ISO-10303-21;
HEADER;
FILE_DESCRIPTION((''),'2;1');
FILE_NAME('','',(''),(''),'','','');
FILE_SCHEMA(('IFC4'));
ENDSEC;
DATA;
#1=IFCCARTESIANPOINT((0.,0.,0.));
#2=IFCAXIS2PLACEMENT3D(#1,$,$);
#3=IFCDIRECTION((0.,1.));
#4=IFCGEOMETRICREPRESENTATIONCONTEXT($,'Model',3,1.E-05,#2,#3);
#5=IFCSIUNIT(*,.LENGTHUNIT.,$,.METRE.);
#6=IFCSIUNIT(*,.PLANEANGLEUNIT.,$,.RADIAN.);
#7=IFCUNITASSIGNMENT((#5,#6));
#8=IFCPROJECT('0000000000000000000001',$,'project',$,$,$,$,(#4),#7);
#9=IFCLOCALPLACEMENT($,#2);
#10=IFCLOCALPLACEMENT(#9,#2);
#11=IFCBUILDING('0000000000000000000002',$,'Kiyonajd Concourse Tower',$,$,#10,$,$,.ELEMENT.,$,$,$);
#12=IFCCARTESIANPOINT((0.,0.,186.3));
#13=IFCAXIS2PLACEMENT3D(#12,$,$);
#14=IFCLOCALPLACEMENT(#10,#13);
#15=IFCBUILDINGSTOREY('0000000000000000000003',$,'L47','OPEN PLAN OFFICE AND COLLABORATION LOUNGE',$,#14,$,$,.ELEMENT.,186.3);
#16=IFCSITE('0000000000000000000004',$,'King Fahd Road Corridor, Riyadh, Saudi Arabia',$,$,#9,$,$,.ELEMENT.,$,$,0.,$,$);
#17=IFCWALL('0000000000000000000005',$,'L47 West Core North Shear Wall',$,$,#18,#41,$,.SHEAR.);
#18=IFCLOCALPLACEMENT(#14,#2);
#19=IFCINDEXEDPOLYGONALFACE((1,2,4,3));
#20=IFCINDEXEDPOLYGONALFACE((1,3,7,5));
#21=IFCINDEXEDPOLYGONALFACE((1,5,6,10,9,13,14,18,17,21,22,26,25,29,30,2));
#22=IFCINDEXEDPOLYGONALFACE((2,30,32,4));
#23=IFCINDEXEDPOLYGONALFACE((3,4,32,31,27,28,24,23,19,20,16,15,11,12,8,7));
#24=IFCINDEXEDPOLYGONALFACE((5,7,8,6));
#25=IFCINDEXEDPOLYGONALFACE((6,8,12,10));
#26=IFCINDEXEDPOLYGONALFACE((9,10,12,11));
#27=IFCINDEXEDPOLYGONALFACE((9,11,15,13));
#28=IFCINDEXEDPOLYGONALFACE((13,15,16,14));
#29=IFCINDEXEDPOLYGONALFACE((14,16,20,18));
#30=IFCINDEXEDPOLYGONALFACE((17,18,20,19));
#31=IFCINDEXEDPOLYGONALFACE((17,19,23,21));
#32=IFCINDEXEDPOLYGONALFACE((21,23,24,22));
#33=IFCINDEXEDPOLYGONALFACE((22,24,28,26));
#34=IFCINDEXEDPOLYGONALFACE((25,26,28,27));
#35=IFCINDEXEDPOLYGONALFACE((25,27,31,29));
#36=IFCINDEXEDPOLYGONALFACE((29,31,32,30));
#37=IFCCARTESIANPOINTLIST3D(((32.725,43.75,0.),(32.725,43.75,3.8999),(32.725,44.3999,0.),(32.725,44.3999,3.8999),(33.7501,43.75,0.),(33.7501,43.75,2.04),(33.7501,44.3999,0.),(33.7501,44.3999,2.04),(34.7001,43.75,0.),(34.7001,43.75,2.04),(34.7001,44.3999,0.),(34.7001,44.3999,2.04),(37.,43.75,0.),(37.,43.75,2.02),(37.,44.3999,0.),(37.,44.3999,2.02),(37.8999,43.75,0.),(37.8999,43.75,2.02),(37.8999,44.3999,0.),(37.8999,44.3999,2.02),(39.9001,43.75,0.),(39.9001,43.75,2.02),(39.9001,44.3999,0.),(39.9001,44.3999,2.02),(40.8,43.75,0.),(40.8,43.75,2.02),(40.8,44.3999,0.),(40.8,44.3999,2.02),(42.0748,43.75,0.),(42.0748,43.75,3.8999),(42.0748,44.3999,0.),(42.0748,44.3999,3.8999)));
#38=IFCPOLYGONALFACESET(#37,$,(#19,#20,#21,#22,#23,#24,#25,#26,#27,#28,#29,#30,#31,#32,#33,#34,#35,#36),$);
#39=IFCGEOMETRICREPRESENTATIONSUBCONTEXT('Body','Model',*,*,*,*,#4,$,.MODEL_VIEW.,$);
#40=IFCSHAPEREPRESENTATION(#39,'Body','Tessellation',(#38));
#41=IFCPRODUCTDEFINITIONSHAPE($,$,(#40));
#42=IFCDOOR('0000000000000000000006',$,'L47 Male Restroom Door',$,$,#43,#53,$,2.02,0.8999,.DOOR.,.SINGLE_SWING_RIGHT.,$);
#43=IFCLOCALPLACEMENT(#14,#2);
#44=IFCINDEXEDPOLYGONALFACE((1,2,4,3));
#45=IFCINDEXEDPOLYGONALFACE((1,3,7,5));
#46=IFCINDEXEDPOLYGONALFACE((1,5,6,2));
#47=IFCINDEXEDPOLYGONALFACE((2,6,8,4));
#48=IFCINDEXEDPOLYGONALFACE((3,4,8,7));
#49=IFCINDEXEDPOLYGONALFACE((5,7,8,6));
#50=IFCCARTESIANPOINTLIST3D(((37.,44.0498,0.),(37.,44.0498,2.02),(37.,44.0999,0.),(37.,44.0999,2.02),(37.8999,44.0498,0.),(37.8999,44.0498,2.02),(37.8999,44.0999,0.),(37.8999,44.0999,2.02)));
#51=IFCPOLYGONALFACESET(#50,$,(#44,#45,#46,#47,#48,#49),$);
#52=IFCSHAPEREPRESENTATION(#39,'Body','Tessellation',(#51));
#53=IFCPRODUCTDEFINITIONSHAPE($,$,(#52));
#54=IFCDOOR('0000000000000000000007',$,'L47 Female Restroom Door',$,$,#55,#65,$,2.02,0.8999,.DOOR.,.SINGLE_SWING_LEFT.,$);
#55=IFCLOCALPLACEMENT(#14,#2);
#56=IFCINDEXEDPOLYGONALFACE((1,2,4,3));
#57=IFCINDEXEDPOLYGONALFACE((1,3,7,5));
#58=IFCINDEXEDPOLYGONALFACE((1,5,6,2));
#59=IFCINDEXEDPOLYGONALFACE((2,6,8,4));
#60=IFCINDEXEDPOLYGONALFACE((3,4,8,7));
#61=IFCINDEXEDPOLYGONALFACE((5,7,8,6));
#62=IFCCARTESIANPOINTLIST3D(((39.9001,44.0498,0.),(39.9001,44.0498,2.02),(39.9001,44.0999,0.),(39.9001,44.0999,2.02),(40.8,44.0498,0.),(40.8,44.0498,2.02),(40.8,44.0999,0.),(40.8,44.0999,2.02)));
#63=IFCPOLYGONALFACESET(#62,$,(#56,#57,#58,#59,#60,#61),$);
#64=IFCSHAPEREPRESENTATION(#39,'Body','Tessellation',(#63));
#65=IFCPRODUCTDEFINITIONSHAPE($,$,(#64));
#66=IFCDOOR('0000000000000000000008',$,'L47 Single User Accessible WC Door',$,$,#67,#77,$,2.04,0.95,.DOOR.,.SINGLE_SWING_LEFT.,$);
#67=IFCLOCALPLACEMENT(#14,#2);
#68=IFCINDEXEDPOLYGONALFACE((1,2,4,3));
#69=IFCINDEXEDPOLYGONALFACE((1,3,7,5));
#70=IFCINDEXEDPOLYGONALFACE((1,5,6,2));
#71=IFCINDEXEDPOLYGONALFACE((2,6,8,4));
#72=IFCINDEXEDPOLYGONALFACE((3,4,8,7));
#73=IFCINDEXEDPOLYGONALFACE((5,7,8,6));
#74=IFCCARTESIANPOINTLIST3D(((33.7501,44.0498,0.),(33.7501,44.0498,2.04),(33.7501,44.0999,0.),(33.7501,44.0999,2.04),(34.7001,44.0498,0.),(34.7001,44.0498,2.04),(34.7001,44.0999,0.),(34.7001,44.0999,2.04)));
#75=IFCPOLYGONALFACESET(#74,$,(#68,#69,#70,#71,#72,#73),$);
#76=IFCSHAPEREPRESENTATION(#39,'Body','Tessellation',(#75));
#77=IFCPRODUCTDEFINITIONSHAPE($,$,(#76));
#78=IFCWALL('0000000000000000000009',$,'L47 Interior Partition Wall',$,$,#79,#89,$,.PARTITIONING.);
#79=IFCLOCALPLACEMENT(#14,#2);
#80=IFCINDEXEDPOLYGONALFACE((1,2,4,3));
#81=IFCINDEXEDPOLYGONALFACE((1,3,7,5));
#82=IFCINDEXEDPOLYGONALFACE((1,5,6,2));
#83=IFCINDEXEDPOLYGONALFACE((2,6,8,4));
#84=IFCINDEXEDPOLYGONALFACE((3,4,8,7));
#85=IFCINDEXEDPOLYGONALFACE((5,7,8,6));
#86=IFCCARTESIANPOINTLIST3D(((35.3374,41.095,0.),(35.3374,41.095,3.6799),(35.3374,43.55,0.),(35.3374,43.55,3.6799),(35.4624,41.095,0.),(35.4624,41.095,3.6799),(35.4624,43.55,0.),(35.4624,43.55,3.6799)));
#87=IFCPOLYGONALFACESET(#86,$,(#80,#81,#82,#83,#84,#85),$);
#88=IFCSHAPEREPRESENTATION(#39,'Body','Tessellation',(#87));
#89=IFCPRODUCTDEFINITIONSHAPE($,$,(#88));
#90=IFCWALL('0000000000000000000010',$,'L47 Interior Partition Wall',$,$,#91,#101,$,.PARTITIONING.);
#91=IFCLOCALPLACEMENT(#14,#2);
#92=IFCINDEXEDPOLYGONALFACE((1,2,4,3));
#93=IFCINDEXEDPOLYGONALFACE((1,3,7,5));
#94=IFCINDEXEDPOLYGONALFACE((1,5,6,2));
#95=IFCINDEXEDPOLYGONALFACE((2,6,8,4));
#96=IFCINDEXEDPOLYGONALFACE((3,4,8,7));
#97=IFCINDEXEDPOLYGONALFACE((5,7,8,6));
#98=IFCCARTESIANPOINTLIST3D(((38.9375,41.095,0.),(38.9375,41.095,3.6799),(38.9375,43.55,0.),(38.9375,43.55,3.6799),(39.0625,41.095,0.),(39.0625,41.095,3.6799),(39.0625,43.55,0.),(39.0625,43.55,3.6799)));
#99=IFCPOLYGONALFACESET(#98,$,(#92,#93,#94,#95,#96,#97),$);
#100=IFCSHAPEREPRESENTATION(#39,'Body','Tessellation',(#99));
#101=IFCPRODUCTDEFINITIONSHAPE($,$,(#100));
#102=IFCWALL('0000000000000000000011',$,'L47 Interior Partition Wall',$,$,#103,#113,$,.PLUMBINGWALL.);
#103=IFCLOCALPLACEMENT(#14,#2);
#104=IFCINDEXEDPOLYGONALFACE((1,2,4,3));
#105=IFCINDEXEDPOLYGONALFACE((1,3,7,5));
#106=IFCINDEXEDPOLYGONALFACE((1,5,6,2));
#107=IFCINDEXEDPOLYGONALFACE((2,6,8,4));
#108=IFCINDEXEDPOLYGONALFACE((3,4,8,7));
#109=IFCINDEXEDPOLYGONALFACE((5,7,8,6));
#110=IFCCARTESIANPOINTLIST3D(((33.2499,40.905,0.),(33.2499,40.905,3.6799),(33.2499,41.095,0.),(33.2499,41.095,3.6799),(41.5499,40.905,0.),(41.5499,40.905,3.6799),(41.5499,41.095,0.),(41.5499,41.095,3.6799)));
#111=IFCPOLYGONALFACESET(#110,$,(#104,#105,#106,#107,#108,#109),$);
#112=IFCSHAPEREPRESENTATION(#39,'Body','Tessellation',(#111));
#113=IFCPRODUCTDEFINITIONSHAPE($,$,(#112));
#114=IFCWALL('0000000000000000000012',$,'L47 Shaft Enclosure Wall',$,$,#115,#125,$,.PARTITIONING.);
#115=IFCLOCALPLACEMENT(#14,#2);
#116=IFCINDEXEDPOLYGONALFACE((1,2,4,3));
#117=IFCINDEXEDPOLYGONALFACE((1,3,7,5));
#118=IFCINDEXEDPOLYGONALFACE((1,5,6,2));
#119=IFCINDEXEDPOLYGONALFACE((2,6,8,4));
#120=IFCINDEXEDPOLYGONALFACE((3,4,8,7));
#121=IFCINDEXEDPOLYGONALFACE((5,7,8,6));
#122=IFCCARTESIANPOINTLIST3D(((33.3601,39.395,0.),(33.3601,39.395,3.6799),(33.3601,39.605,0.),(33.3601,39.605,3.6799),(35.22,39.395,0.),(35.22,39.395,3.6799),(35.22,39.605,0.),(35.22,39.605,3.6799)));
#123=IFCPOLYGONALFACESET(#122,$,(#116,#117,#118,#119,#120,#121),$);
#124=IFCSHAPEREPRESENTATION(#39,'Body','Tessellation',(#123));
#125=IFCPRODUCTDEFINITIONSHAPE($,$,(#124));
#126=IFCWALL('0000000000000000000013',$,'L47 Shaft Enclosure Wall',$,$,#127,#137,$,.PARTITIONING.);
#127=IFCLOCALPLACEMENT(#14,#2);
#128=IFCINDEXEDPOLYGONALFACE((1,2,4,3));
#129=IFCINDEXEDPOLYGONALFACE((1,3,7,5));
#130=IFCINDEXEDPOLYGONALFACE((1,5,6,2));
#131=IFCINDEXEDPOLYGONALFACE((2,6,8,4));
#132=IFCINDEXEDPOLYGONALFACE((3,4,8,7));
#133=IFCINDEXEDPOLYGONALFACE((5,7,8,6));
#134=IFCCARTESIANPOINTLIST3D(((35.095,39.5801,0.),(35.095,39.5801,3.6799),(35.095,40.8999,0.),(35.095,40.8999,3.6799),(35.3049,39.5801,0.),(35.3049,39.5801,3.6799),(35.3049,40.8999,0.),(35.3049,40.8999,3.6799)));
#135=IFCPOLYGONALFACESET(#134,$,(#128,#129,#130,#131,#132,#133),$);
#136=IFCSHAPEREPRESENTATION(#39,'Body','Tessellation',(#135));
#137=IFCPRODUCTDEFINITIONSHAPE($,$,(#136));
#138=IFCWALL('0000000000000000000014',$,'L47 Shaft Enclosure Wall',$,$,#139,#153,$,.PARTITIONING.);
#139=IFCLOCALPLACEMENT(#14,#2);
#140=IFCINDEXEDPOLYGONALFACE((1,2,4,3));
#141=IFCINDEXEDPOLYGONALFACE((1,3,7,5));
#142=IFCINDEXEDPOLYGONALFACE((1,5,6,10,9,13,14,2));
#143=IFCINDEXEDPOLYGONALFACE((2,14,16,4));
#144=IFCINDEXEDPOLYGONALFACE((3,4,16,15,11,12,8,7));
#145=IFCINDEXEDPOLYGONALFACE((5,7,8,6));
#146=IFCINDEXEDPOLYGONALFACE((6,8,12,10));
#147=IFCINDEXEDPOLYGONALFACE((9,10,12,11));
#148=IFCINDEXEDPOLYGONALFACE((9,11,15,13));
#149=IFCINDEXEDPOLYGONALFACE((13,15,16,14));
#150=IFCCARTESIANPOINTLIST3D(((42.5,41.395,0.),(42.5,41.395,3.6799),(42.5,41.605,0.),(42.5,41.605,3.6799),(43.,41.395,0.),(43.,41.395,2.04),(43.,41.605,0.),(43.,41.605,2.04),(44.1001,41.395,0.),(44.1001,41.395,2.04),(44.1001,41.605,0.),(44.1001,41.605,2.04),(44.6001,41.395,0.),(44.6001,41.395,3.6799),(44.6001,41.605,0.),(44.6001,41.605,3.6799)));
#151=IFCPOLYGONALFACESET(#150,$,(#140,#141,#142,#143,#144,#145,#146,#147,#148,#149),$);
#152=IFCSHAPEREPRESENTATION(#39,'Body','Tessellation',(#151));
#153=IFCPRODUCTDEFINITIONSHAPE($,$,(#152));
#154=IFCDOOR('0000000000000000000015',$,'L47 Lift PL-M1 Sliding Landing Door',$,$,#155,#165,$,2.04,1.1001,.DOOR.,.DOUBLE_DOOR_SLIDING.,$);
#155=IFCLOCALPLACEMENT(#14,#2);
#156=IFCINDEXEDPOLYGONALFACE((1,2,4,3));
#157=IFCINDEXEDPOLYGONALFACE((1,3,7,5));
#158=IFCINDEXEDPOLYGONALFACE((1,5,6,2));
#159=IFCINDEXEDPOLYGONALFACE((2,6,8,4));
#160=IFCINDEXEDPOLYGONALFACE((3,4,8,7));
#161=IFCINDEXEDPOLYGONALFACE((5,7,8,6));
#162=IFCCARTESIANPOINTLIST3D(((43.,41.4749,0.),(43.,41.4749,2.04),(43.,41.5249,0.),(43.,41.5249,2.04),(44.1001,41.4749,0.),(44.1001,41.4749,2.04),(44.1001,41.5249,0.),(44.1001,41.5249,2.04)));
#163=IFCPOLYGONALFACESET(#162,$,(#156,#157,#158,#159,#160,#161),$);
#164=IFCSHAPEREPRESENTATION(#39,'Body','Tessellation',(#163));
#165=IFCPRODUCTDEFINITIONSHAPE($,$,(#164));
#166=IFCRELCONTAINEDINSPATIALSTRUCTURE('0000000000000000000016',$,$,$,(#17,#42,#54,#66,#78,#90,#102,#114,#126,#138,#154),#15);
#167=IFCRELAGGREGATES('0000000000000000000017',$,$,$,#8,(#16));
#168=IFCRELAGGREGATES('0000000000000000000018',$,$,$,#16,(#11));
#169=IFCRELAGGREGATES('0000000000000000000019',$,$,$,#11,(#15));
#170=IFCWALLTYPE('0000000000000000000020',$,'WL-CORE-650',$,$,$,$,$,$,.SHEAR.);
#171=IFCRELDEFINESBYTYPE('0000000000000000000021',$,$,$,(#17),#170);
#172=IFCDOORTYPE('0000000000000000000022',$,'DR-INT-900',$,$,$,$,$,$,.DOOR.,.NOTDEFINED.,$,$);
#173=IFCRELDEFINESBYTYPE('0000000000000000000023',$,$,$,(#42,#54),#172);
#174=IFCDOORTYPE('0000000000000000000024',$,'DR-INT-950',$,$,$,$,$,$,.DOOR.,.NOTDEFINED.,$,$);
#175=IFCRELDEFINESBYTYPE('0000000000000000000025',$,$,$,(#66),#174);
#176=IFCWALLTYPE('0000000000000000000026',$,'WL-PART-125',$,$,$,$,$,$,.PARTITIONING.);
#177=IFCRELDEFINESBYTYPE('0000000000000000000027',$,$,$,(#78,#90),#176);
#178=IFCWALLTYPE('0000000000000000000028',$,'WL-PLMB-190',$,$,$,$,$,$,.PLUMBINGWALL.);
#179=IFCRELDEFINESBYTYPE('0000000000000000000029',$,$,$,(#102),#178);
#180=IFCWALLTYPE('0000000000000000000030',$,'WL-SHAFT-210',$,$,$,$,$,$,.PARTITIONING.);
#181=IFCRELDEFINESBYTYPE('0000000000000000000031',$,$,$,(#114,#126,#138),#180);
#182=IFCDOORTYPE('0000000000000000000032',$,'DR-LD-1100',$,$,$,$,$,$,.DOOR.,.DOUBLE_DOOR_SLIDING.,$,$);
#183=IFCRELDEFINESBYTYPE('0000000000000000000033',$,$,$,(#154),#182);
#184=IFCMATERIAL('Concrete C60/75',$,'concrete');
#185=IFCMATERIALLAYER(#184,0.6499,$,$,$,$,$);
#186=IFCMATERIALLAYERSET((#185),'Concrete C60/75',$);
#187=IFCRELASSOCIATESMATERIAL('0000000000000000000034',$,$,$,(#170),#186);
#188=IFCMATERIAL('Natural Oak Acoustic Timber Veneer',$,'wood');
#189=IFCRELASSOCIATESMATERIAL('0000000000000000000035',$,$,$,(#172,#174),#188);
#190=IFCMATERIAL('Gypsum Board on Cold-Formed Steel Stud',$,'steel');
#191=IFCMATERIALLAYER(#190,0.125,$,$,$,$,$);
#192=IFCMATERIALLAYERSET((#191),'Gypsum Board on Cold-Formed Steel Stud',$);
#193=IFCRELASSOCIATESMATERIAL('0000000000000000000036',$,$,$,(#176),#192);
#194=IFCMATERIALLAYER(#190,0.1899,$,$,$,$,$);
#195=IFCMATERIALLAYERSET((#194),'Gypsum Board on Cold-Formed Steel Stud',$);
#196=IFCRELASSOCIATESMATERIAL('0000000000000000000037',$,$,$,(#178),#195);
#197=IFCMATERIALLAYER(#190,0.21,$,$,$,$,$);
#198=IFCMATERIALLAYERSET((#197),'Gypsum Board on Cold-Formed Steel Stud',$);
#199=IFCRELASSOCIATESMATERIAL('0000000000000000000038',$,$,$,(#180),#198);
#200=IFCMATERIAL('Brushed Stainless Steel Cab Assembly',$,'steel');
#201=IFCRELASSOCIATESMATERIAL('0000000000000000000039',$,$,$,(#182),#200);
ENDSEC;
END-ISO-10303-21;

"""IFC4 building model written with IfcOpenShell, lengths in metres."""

from ifc_helpers import new_model, si_unit, direction, frame, frame_2d, origin, place, context, subcontext, project, spatial, rectangle, extrude, material, layer, layer_set, type_object, element, fill, save


model = new_model("IFC4")

# Units and contexts
model_context = context("Model", 3, precision=1e-05, world=origin(), true_north=direction((0.0, 1.0)))
body_context = subcontext(model_context, "Body", "Model", "MODEL_VIEW")
ifc_project = project(units=[si_unit("LENGTHUNIT", "METRE"), si_unit("PLANEANGLEUNIT", "RADIAN")], contexts=[model_context])

# Site, building, storey
site_placement = place(None, origin())
site = spatial("IfcSite", under=ifc_project, at=site_placement, Name="King Fahd Road Corridor, Riyadh, Saudi Arabia", CompositionType="ELEMENT", RefElevation=0.0)
building_placement = place(site_placement, origin())
building = spatial("IfcBuilding", under=site, at=building_placement, Name="Kiyonajd Concourse Tower", CompositionType="ELEMENT")
storey_placement = place(building_placement, frame((0.0, 0.0, 186.3)))
storey = spatial("IfcBuildingStorey", under=building, at=storey_placement, Name="L47", Description="OPEN PLAN OFFICE AND COLLABORATION LOUNGE", CompositionType="ELEMENT", Elevation=186.3)

# Shared definitions
ifc_material_1 = material(Name="Concrete C60/75", Category="concrete")

# Shared definitions
ifc_layer_1 = layer(ifc_material_1, 0.6499)
ifc_layer_set_1 = layer_set([ifc_layer_1], Name="Concrete C60/75")
wall_type_1 = type_object("IfcWallType", Name="WL-CORE-650", PredefinedType="SHEAR", material=ifc_layer_set_1)

# Wall, openings, doors
wall_1_placement = place(storey_placement, frame((32.7251, 44.075, 0.0), z_axis=(0.0, 0.0, 1.0), x_axis=(1.0, 0.0, 0.0)))
wall_1 = element("IfcWall", 1, at=wall_1_placement, inside=storey, type_object=wall_type_1, Name="L47 West Core North Shear Wall", PredefinedType="SHEAR", context=body_context, shape_type="SweptSolid", body=[
    extrude(rectangle(XDim=9.3499, YDim=0.6499, at=frame_2d((4.6748, 0.0))), origin(), (0.0, 0.0, 1.0), 3.8999),
])
opening_1_placement = place(wall_1_placement, frame((1.0249, 0.0, 0.0)))
opening_1 = element("IfcOpeningElement", 2, at=opening_1_placement, cuts=wall_1, PredefinedType="OPENING", context=body_context, shape_type="SweptSolid", body=[
    extrude(rectangle(XDim=0.95, YDim=2.04, at=frame_2d((0.4751, 1.02))), frame((0.0, 0.335, 0.0), z_axis=(0.0, -1.0, 0.0), x_axis=(1.0, 0.0, 0.0)), (0.0, 0.0, 1.0), 0.6699),
])
opening_2_placement = place(wall_1_placement, frame((4.2749, 0.0, 0.0)))
opening_2 = element("IfcOpeningElement", 3, at=opening_2_placement, cuts=wall_1, PredefinedType="OPENING", context=body_context, shape_type="SweptSolid", body=[
    extrude(rectangle(XDim=0.8999, YDim=2.02, at=frame_2d((0.45, 1.01))), frame((0.0, 0.335, 0.0), z_axis=(0.0, -1.0, 0.0), x_axis=(1.0, 0.0, 0.0)), (0.0, 0.0, 1.0), 0.6699),
])
opening_3_placement = place(wall_1_placement, frame((7.175, 0.0, 0.0)))
opening_3 = element("IfcOpeningElement", 4, at=opening_3_placement, cuts=wall_1, PredefinedType="OPENING", context=body_context, shape_type="SweptSolid", body=[
    extrude(rectangle(XDim=0.8999, YDim=2.02, at=frame_2d((0.45, 1.01))), frame((0.0, 0.335, 0.0), z_axis=(0.0, -1.0, 0.0), x_axis=(1.0, 0.0, 0.0)), (0.0, 0.0, 1.0), 0.6699),
])
ifc_material_2 = material(Name="Natural Oak Acoustic Timber Veneer", Category="wood")
door_type_1 = type_object("IfcDoorType", Name="DR-INT-900", OperationType="NOTDEFINED", PredefinedType="DOOR", material=ifc_material_2)
door_1_placement = place(opening_2_placement, origin())
door_1 = element("IfcDoor", 5, at=door_1_placement, inside=storey, type_object=door_type_1, Name="L47 Male Restroom Door", OperationType="SINGLE_SWING_RIGHT", OverallHeight=2.02, OverallWidth=0.8999, PredefinedType="DOOR", context=body_context, shape_type="SweptSolid", body=[
    extrude(rectangle(XDim=0.8999, YDim=2.02, at=frame_2d((0.45, 1.01))), frame((0.0, 0.0249, 0.0), z_axis=(0.0, -1.0, 0.0), x_axis=(1.0, 0.0, 0.0)), (0.0, 0.0, 1.0), 0.05),
])
fill(opening_2, door_1)
door_2_placement = place(opening_3_placement, origin())
door_2 = element("IfcDoor", 6, at=door_2_placement, inside=storey, type_object=door_type_1, Name="L47 Female Restroom Door", OperationType="SINGLE_SWING_LEFT", OverallHeight=2.02, OverallWidth=0.8999, PredefinedType="DOOR", context=body_context, shape_type="SweptSolid", body=[
    extrude(rectangle(XDim=0.8999, YDim=2.02, at=frame_2d((0.45, 1.01))), frame((0.0, 0.0249, 0.0), z_axis=(0.0, -1.0, 0.0), x_axis=(1.0, 0.0, 0.0)), (0.0, 0.0, 1.0), 0.05),
])
fill(opening_3, door_2)
door_type_2 = type_object("IfcDoorType", Name="DR-INT-950", OperationType="NOTDEFINED", PredefinedType="DOOR", material=ifc_material_2)
door_3_placement = place(opening_1_placement, origin())
door_3 = element("IfcDoor", 7, at=door_3_placement, inside=storey, type_object=door_type_2, Name="L47 Single User Accessible WC Door", OperationType="SINGLE_SWING_LEFT", OverallHeight=2.04, OverallWidth=0.95, PredefinedType="DOOR", context=body_context, shape_type="SweptSolid", body=[
    extrude(rectangle(XDim=0.95, YDim=2.04, at=frame_2d((0.4751, 1.02))), frame((0.0, 0.0249, 0.0), z_axis=(0.0, -1.0, 0.0), x_axis=(1.0, 0.0, 0.0)), (0.0, 0.0, 1.0), 0.05),
])
fill(opening_1, door_3)

# Walls
ifc_material_3 = material(Name="Gypsum Board on Cold-Formed Steel Stud", Category="steel")
ifc_layer_2 = layer(ifc_material_3, 0.125)
ifc_layer_set_2 = layer_set([ifc_layer_2], Name="Gypsum Board on Cold-Formed Steel Stud")
wall_type_2 = type_object("IfcWallType", Name="WL-PART-125", PredefinedType="PARTITIONING", material=ifc_layer_set_2)
for number, where, z_axis, x_axis, name in (
    (8, (35.3999, 41.095, 0.0), (0.0, 0.0, 1.0), (0.0, 1.0, 0.0), "L47 Interior Partition Wall"),
    (9, (39.0, 41.095, 0.0), (0.0, 0.0, 1.0), (0.0, 1.0, 0.0), "L47 Interior Partition Wall"),
):
    element("IfcWall", number, at=place(storey_placement, frame(where, z_axis=z_axis, x_axis=x_axis)), inside=storey, type_object=wall_type_2, Name=name, PredefinedType="PARTITIONING", context=body_context, shape_type="SweptSolid", body=[
        extrude(rectangle(XDim=2.4551, YDim=0.125, at=frame_2d((1.2275, 0.0))), origin(), (0.0, 0.0, 1.0), 3.6799),
    ])
ifc_layer_3 = layer(ifc_material_3, 0.1899)
ifc_layer_set_3 = layer_set([ifc_layer_3], Name="Gypsum Board on Cold-Formed Steel Stud")
wall_type_3 = type_object("IfcWallType", Name="WL-PLMB-190", PredefinedType="PLUMBINGWALL", material=ifc_layer_set_3)
wall_2_placement = place(storey_placement, frame((33.25, 41.0, 0.0), z_axis=(0.0, 0.0, 1.0), x_axis=(1.0, 0.0, 0.0)))
element("IfcWall", 10, at=wall_2_placement, inside=storey, type_object=wall_type_3, Name="L47 Interior Partition Wall", PredefinedType="PLUMBINGWALL", context=body_context, shape_type="SweptSolid", body=[
    extrude(rectangle(XDim=8.3, YDim=0.1899, at=frame_2d((4.1499, 0.0))), origin(), (0.0, 0.0, 1.0), 3.6799),
])
ifc_layer_4 = layer(ifc_material_3, 0.21)
ifc_layer_set_4 = layer_set([ifc_layer_4], Name="Gypsum Board on Cold-Formed Steel Stud")
wall_type_4 = type_object("IfcWallType", Name="WL-SHAFT-210", PredefinedType="PARTITIONING", material=ifc_layer_set_4)
wall_3_placement = place(storey_placement, frame((33.3601, 39.5, 0.0), z_axis=(0.0, 0.0, 1.0), x_axis=(1.0, 0.0, 0.0)))
element("IfcWall", 11, at=wall_3_placement, inside=storey, type_object=wall_type_4, Name="L47 Shaft Enclosure Wall", PredefinedType="PARTITIONING", context=body_context, shape_type="SweptSolid", body=[
    extrude(rectangle(XDim=1.8599, YDim=0.21, at=frame_2d((0.9299, 0.0))), origin(), (0.0, 0.0, 1.0), 3.6799),
])
wall_4_placement = place(storey_placement, frame((35.2, 39.5801, 0.0), z_axis=(0.0, 0.0, 1.0), x_axis=(0.0, 1.0, 0.0)))
element("IfcWall", 12, at=wall_4_placement, inside=storey, type_object=wall_type_4, Name="L47 Shaft Enclosure Wall", PredefinedType="PARTITIONING", context=body_context, shape_type="SweptSolid", body=[
    extrude(rectangle(XDim=1.3198, YDim=0.21, at=frame_2d((0.6599, 0.0))), origin(), (0.0, 0.0, 1.0), 3.6799),
])

# Wall, opening, door
wall_5_placement = place(storey_placement, frame((42.5, 41.5, 0.0), z_axis=(0.0, 0.0, 1.0), x_axis=(1.0, 0.0, 0.0)))
wall_5 = element("IfcWall", 13, at=wall_5_placement, inside=storey, type_object=wall_type_4, Name="L47 Shaft Enclosure Wall", PredefinedType="PARTITIONING", context=body_context, shape_type="SweptSolid", body=[
    extrude(rectangle(XDim=2.1001, YDim=0.21, at=frame_2d((1.05, 0.0))), origin(), (0.0, 0.0, 1.0), 3.6799),
])
opening_4_placement = place(wall_5_placement, frame((0.5, 0.0, 0.0)))
opening_4 = element("IfcOpeningElement", 14, at=opening_4_placement, cuts=wall_5, PredefinedType="OPENING", context=body_context, shape_type="SweptSolid", body=[
    extrude(rectangle(XDim=1.1001, YDim=2.04, at=frame_2d((0.55, 1.02))), frame((0.0, 0.115, 0.0), z_axis=(0.0, -1.0, 0.0), x_axis=(1.0, 0.0, 0.0)), (0.0, 0.0, 1.0), 0.23),
])
ifc_material_4 = material(Name="Brushed Stainless Steel Cab Assembly", Category="steel")
door_type_3 = type_object("IfcDoorType", Name="DR-LD-1100", OperationType="DOUBLE_DOOR_SLIDING", PredefinedType="DOOR", material=ifc_material_4)
door_4_placement = place(opening_4_placement, origin())
door_4 = element("IfcDoor", 15, at=door_4_placement, inside=storey, type_object=door_type_3, Name="L47 Lift PL-M1 Sliding Landing Door", OperationType="DOUBLE_DOOR_SLIDING", OverallHeight=2.04, OverallWidth=1.1001, PredefinedType="DOOR", context=body_context, shape_type="SweptSolid", body=[
    extrude(rectangle(XDim=1.1001, YDim=2.04, at=frame_2d((0.55, 1.02))), frame((0.0, 0.0249, 0.0), z_axis=(0.0, -1.0, 0.0), x_axis=(1.0, 0.0, 0.0)), (0.0, 0.0, 1.0), 0.05),
])
fill(opening_4, door_4)

save(model, "model.ifc")
